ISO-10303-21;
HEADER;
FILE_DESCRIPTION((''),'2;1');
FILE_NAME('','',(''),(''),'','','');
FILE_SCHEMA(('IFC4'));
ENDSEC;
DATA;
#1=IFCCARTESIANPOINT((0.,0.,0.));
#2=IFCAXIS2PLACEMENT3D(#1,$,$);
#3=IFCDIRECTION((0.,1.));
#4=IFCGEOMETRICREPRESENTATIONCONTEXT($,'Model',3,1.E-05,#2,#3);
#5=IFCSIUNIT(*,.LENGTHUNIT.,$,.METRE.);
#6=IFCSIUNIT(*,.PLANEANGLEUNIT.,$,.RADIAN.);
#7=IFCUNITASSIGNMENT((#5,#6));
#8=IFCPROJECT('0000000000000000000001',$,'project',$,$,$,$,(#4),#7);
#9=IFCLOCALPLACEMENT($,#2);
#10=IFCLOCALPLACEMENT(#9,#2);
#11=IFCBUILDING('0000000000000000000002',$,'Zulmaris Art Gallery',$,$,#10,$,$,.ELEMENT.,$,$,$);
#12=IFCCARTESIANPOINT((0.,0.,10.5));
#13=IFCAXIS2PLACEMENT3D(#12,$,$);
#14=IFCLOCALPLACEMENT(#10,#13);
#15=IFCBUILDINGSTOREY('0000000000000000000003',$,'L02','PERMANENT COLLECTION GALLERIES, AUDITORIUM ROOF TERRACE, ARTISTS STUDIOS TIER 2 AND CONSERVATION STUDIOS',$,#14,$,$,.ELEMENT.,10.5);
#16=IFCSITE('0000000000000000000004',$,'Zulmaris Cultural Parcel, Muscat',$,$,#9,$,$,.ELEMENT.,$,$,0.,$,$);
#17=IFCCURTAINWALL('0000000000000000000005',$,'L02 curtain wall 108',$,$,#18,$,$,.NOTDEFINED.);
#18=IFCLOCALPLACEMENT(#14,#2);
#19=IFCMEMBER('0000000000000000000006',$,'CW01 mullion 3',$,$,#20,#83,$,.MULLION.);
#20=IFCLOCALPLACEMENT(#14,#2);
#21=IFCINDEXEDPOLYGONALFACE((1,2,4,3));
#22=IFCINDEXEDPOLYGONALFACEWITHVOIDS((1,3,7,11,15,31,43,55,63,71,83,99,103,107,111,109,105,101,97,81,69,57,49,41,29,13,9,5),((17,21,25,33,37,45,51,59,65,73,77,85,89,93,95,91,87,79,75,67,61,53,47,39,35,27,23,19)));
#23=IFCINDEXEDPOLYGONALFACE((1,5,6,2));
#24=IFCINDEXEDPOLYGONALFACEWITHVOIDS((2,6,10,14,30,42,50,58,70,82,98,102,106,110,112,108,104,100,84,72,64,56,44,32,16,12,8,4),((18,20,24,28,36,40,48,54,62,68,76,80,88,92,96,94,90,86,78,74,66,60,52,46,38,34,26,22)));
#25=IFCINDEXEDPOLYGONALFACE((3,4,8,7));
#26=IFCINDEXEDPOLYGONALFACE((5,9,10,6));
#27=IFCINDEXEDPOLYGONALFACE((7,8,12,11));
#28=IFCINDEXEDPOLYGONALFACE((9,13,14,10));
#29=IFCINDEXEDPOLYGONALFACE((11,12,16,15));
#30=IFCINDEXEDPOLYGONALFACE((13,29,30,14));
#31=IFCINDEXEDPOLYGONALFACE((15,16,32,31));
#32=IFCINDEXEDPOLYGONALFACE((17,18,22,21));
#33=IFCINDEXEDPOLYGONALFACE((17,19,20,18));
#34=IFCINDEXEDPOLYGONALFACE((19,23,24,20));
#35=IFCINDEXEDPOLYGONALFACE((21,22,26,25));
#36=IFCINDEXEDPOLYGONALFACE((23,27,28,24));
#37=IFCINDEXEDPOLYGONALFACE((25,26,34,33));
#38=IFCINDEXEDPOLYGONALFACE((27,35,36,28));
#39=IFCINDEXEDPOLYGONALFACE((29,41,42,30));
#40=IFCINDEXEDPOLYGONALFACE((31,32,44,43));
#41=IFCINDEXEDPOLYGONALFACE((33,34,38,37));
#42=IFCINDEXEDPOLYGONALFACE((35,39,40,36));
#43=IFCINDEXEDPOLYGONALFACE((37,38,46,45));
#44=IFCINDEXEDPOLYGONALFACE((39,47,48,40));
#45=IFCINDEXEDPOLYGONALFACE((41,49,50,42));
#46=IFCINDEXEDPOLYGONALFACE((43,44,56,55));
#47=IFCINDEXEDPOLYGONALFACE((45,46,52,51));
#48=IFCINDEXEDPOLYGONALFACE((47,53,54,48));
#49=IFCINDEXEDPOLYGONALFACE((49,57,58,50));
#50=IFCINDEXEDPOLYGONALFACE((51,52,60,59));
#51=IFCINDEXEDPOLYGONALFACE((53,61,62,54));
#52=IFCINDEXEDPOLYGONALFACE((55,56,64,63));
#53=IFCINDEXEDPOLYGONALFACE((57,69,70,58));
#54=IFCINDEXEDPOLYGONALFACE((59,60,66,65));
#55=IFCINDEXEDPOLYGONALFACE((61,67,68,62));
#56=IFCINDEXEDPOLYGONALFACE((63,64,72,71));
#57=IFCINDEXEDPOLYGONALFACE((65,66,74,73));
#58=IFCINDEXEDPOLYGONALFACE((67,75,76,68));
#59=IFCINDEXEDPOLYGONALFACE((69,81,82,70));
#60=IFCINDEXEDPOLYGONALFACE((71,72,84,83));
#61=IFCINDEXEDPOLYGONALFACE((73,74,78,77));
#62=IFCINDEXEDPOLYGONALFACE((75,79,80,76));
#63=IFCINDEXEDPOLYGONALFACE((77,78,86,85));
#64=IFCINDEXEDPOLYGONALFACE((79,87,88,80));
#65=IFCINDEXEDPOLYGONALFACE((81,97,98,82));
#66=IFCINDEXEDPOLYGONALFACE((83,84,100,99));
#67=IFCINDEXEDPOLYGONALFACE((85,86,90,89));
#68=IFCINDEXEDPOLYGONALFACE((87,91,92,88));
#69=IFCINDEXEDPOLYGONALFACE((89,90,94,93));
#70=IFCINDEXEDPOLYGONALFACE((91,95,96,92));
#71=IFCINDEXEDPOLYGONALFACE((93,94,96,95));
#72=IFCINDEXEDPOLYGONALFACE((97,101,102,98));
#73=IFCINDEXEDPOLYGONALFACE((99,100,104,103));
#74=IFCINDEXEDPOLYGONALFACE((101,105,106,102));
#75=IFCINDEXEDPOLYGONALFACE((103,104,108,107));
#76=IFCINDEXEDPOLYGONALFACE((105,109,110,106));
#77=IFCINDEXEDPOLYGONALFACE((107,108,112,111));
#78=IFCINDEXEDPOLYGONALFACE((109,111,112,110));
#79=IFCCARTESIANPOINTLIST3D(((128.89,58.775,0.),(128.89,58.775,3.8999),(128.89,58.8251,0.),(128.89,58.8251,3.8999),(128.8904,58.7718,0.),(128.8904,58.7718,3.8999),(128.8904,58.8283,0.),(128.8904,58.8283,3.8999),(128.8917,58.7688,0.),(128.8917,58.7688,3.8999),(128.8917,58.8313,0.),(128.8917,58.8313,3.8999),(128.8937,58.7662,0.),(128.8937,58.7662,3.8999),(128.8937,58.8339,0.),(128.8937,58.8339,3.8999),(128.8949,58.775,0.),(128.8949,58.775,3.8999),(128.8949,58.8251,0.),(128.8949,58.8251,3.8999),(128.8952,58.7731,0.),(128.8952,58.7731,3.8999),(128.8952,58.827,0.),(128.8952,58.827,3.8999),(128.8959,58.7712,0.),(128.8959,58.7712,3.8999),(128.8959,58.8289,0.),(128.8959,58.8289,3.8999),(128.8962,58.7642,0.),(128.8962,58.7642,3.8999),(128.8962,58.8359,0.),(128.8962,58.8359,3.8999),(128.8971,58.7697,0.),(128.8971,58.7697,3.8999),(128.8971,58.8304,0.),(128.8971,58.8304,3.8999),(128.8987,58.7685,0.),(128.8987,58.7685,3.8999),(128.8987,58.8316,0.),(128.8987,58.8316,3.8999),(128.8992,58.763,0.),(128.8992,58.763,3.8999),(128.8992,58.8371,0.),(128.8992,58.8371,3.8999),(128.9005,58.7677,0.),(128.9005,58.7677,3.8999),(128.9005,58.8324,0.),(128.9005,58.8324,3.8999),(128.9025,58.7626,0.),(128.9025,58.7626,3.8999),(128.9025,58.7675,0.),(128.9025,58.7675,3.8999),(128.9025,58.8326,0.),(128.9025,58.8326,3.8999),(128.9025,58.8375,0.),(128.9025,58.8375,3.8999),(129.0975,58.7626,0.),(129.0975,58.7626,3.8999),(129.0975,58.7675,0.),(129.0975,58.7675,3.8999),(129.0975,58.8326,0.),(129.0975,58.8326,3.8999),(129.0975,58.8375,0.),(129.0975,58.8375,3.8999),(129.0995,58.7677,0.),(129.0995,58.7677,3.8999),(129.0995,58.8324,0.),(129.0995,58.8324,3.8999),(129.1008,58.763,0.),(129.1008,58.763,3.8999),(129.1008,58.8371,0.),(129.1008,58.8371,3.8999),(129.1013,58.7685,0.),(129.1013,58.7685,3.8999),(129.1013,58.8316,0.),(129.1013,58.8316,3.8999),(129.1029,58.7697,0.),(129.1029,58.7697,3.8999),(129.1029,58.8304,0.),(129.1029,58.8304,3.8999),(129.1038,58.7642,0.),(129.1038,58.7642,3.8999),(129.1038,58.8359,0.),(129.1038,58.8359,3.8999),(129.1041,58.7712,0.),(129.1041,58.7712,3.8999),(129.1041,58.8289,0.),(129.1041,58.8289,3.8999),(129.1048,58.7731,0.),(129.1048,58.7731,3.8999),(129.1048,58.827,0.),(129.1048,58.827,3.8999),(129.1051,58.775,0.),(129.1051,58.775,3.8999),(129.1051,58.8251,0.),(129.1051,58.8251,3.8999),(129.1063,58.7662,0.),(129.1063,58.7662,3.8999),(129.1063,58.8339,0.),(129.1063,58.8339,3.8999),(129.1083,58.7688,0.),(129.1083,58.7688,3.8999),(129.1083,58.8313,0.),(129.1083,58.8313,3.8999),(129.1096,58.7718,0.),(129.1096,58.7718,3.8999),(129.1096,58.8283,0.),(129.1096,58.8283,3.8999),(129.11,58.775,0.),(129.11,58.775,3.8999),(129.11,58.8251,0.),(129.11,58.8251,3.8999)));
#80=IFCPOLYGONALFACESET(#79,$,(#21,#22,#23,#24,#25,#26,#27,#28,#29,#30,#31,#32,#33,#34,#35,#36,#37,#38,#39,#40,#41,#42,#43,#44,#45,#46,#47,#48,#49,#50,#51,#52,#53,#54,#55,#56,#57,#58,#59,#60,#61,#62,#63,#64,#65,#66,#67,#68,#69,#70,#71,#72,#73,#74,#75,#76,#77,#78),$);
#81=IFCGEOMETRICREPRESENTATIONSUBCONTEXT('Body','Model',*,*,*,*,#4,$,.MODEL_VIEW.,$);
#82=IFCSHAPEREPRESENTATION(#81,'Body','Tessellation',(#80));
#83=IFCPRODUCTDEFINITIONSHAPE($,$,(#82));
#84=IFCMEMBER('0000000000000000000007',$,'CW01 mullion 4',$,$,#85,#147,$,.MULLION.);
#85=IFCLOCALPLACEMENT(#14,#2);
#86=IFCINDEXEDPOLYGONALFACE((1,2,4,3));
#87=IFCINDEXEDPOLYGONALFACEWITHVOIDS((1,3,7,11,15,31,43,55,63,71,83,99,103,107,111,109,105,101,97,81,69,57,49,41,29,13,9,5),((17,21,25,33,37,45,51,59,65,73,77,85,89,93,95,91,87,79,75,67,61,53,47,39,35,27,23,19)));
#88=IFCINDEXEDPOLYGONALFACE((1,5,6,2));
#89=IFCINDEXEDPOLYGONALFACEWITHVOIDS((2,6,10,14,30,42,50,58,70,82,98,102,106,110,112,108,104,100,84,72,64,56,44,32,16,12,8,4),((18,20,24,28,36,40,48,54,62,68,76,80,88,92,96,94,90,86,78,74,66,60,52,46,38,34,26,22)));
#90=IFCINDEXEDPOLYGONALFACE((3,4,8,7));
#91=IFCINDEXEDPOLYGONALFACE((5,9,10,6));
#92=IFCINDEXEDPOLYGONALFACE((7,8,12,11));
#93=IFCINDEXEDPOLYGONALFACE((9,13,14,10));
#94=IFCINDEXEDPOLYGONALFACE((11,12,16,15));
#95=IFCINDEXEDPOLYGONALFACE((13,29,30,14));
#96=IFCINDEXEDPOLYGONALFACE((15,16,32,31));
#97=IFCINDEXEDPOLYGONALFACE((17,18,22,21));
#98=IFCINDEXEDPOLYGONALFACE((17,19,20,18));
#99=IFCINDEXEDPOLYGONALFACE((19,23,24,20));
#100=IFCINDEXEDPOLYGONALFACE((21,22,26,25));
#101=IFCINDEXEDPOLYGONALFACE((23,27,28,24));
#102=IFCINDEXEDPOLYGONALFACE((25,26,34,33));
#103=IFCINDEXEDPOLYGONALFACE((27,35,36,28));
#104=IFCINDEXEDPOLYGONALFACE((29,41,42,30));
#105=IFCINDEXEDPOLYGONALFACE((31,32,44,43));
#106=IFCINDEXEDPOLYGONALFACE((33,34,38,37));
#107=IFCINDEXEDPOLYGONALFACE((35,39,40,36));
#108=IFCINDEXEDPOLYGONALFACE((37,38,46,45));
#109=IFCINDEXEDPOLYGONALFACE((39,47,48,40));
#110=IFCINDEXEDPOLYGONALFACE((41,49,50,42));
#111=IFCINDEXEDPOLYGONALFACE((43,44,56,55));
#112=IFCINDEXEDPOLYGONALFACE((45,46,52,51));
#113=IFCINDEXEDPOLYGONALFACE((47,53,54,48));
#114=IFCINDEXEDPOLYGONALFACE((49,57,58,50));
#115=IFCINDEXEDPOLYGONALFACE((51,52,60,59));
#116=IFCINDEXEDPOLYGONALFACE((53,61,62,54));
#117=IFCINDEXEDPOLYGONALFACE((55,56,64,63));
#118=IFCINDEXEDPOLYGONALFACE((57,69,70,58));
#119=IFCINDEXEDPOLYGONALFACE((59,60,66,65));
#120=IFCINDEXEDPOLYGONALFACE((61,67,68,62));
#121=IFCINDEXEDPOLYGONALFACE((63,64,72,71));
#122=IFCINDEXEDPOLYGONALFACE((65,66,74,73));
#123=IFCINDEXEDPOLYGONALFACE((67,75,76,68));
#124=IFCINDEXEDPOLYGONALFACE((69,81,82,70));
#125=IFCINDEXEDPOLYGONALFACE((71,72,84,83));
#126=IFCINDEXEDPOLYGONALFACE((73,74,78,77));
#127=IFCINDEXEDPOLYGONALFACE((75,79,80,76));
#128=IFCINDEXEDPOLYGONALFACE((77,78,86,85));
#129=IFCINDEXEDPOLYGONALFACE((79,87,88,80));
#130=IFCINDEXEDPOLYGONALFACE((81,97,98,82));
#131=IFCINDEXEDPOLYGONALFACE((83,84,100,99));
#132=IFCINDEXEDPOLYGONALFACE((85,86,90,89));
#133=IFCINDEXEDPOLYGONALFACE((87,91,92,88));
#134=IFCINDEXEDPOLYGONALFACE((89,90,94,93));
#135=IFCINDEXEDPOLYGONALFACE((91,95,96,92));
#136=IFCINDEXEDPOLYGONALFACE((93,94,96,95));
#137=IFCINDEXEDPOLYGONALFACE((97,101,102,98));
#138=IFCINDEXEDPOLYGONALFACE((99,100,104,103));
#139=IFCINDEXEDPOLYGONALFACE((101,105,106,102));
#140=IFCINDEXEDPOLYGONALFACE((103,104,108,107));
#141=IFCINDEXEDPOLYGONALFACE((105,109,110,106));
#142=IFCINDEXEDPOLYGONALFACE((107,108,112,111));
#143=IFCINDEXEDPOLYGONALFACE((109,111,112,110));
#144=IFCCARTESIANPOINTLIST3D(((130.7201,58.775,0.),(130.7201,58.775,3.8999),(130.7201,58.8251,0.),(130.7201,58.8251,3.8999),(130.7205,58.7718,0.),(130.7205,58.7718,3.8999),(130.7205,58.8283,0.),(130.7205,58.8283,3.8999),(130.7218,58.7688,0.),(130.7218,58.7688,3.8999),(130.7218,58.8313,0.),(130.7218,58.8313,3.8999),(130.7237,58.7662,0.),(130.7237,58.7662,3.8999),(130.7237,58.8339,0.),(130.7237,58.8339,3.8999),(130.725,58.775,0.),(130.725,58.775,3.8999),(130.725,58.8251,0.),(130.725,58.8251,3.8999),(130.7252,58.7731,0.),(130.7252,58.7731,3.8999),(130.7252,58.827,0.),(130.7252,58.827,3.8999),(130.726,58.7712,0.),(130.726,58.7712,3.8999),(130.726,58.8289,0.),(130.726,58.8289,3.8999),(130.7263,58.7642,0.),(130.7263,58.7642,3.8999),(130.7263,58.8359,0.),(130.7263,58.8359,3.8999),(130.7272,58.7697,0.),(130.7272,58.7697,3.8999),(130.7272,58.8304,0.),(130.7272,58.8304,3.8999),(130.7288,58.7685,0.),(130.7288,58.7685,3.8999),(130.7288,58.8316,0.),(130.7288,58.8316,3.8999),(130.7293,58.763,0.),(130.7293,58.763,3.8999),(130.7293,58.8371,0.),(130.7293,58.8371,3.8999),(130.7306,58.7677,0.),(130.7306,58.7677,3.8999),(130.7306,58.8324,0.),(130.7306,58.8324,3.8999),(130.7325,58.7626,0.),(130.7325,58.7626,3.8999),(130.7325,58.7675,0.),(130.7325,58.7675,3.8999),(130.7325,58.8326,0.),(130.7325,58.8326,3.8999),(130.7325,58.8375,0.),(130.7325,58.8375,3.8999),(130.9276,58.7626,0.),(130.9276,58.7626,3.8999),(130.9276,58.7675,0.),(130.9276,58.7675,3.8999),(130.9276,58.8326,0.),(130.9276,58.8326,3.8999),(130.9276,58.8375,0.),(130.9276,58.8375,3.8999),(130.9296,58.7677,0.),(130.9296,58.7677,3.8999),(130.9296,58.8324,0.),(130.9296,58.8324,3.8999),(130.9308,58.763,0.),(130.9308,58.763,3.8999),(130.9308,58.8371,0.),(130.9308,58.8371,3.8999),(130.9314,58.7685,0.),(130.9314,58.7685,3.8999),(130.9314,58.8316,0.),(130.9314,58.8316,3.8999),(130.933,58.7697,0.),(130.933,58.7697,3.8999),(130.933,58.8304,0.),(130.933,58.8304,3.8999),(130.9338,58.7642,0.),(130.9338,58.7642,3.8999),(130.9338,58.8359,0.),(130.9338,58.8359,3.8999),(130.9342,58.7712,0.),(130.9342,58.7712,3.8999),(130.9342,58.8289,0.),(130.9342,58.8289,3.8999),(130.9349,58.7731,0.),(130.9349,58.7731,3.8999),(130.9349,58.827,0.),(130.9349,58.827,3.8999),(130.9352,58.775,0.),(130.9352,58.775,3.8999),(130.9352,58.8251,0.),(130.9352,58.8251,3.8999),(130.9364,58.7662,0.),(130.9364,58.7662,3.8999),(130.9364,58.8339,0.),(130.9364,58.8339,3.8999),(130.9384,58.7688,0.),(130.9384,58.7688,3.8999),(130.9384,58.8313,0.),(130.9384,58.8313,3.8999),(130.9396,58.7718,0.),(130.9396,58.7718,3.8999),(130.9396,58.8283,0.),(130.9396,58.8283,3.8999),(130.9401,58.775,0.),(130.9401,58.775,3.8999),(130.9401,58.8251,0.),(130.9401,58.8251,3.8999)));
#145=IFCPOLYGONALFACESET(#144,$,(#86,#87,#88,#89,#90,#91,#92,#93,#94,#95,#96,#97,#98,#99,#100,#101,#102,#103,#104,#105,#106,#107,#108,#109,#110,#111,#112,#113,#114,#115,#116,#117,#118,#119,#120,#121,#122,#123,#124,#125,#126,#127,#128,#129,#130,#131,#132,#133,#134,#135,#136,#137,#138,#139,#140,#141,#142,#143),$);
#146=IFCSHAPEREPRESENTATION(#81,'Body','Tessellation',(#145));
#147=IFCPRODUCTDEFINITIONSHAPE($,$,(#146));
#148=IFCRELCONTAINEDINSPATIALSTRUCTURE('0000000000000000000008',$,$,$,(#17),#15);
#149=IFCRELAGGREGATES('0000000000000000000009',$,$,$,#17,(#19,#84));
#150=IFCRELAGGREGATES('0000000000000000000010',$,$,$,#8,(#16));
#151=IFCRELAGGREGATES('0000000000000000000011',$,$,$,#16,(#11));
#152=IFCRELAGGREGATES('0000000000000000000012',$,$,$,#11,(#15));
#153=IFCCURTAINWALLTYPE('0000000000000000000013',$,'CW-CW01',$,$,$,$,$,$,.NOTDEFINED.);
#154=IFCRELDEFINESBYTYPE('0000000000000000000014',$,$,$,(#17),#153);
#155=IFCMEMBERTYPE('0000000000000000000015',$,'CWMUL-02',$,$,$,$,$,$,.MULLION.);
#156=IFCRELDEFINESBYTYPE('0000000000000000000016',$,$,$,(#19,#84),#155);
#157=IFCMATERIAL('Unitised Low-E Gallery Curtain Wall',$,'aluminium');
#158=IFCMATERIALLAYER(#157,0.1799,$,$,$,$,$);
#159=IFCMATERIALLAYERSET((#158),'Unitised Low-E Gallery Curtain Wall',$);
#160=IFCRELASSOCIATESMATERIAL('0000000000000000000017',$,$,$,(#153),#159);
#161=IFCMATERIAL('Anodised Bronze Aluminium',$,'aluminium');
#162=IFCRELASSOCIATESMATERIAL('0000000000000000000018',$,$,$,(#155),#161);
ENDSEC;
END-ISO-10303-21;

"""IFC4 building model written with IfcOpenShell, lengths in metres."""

from ifc_helpers import new_model, si_unit, direction, frame, origin, origin_2d, place, context, subcontext, project, spatial, hollow_rectangle, extrude, material, layer, layer_set, material_profile, profile_set, type_object, element, aggregate, save


model = new_model("IFC4")

# Units and contexts
model_context = context("Model", 3, precision=1e-05, world=origin(), true_north=direction((0.0, 1.0)))
body_context = subcontext(model_context, "Body", "Model", "MODEL_VIEW")
ifc_project = project(units=[si_unit("LENGTHUNIT", "METRE"), si_unit("PLANEANGLEUNIT", "RADIAN")], contexts=[model_context])

# Site, building, storey
site_placement = place(None, origin())
site = spatial("IfcSite", under=ifc_project, at=site_placement, Name="Zulmaris Cultural Parcel, Muscat", CompositionType="ELEMENT", RefElevation=0.0)
building_placement = place(site_placement, origin())
building = spatial("IfcBuilding", under=site, at=building_placement, Name="Zulmaris Art Gallery", CompositionType="ELEMENT")
storey_placement = place(building_placement, frame((0.0, 0.0, 10.5)))
storey = spatial("IfcBuildingStorey", under=building, at=storey_placement, Name="L02", Description="PERMANENT COLLECTION GALLERIES, AUDITORIUM ROOF TERRACE, ARTISTS STUDIOS TIER 2 AND CONSERVATION STUDIOS", CompositionType="ELEMENT", Elevation=10.5)

# Curtain wall, members
ifc_material_1 = material(Name="Unitised Low-E Gallery Curtain Wall", Category="aluminium")
ifc_layer_1 = layer(ifc_material_1, 0.1799)
ifc_layer_set_1 = layer_set([ifc_layer_1], Name="Unitised Low-E Gallery Curtain Wall")
curtain_wall_type = type_object("IfcCurtainWallType", Name="CW-CW01", PredefinedType="NOTDEFINED", material=ifc_layer_set_1)
curtain_wall_1_placement = place(storey_placement, origin())
curtain_wall_1 = element("IfcCurtainWall", 1, at=curtain_wall_1_placement, inside=storey, type_object=curtain_wall_type, Name="L02 curtain wall 108", PredefinedType="NOTDEFINED")
ifc_material_2 = material(Name="Anodised Bronze Aluminium", Category="aluminium")
ifc_material_profile_1 = material_profile(ifc_material_2, hollow_rectangle(XDim=0.075, YDim=0.22, WallThickness=0.0049, InnerFilletRadius=0.0076, OuterFilletRadius=0.0125, at=origin_2d()), Name="ALU 75x220x5")
ifc_profile_set_1 = profile_set([ifc_material_profile_1], Name="Anodised Bronze Aluminium")
member_type_1 = type_object("IfcMemberType", Name="CWMUL-02", PredefinedType="MULLION", material=ifc_profile_set_1)
member_1_placement = place(storey_placement, frame((129.0, 58.8, 0.0), z_axis=(0.0, 0.0, 1.0), x_axis=(0.0, 1.0, 0.0)))
member_1 = element("IfcMember", 2, at=member_1_placement, type_object=member_type_1, Name="CW01 mullion 3", PredefinedType="MULLION", context=body_context, shape_type="SweptSolid", body=[
    extrude(hollow_rectangle(XDim=0.075, YDim=0.22, WallThickness=0.0049, InnerFilletRadius=0.0076, OuterFilletRadius=0.0125, at=origin_2d()), origin(), (0.0, 0.0, 1.0), 3.8999),
])
member_2_placement = place(storey_placement, frame((130.8301, 58.8, 0.0), z_axis=(0.0, 0.0, 1.0), x_axis=(0.0, 1.0, 0.0)))
member_2 = element("IfcMember", 3, at=member_2_placement, type_object=member_type_1, Name="CW01 mullion 4", PredefinedType="MULLION", context=body_context, shape_type="SweptSolid", body=[
    extrude(hollow_rectangle(XDim=0.075, YDim=0.22, WallThickness=0.0049, InnerFilletRadius=0.0076, OuterFilletRadius=0.0125, at=origin_2d()), origin(), (0.0, 0.0, 1.0), 3.8999),
])

aggregate(curtain_wall_1, [member_1, member_2])

save(model, "model.ifc")
